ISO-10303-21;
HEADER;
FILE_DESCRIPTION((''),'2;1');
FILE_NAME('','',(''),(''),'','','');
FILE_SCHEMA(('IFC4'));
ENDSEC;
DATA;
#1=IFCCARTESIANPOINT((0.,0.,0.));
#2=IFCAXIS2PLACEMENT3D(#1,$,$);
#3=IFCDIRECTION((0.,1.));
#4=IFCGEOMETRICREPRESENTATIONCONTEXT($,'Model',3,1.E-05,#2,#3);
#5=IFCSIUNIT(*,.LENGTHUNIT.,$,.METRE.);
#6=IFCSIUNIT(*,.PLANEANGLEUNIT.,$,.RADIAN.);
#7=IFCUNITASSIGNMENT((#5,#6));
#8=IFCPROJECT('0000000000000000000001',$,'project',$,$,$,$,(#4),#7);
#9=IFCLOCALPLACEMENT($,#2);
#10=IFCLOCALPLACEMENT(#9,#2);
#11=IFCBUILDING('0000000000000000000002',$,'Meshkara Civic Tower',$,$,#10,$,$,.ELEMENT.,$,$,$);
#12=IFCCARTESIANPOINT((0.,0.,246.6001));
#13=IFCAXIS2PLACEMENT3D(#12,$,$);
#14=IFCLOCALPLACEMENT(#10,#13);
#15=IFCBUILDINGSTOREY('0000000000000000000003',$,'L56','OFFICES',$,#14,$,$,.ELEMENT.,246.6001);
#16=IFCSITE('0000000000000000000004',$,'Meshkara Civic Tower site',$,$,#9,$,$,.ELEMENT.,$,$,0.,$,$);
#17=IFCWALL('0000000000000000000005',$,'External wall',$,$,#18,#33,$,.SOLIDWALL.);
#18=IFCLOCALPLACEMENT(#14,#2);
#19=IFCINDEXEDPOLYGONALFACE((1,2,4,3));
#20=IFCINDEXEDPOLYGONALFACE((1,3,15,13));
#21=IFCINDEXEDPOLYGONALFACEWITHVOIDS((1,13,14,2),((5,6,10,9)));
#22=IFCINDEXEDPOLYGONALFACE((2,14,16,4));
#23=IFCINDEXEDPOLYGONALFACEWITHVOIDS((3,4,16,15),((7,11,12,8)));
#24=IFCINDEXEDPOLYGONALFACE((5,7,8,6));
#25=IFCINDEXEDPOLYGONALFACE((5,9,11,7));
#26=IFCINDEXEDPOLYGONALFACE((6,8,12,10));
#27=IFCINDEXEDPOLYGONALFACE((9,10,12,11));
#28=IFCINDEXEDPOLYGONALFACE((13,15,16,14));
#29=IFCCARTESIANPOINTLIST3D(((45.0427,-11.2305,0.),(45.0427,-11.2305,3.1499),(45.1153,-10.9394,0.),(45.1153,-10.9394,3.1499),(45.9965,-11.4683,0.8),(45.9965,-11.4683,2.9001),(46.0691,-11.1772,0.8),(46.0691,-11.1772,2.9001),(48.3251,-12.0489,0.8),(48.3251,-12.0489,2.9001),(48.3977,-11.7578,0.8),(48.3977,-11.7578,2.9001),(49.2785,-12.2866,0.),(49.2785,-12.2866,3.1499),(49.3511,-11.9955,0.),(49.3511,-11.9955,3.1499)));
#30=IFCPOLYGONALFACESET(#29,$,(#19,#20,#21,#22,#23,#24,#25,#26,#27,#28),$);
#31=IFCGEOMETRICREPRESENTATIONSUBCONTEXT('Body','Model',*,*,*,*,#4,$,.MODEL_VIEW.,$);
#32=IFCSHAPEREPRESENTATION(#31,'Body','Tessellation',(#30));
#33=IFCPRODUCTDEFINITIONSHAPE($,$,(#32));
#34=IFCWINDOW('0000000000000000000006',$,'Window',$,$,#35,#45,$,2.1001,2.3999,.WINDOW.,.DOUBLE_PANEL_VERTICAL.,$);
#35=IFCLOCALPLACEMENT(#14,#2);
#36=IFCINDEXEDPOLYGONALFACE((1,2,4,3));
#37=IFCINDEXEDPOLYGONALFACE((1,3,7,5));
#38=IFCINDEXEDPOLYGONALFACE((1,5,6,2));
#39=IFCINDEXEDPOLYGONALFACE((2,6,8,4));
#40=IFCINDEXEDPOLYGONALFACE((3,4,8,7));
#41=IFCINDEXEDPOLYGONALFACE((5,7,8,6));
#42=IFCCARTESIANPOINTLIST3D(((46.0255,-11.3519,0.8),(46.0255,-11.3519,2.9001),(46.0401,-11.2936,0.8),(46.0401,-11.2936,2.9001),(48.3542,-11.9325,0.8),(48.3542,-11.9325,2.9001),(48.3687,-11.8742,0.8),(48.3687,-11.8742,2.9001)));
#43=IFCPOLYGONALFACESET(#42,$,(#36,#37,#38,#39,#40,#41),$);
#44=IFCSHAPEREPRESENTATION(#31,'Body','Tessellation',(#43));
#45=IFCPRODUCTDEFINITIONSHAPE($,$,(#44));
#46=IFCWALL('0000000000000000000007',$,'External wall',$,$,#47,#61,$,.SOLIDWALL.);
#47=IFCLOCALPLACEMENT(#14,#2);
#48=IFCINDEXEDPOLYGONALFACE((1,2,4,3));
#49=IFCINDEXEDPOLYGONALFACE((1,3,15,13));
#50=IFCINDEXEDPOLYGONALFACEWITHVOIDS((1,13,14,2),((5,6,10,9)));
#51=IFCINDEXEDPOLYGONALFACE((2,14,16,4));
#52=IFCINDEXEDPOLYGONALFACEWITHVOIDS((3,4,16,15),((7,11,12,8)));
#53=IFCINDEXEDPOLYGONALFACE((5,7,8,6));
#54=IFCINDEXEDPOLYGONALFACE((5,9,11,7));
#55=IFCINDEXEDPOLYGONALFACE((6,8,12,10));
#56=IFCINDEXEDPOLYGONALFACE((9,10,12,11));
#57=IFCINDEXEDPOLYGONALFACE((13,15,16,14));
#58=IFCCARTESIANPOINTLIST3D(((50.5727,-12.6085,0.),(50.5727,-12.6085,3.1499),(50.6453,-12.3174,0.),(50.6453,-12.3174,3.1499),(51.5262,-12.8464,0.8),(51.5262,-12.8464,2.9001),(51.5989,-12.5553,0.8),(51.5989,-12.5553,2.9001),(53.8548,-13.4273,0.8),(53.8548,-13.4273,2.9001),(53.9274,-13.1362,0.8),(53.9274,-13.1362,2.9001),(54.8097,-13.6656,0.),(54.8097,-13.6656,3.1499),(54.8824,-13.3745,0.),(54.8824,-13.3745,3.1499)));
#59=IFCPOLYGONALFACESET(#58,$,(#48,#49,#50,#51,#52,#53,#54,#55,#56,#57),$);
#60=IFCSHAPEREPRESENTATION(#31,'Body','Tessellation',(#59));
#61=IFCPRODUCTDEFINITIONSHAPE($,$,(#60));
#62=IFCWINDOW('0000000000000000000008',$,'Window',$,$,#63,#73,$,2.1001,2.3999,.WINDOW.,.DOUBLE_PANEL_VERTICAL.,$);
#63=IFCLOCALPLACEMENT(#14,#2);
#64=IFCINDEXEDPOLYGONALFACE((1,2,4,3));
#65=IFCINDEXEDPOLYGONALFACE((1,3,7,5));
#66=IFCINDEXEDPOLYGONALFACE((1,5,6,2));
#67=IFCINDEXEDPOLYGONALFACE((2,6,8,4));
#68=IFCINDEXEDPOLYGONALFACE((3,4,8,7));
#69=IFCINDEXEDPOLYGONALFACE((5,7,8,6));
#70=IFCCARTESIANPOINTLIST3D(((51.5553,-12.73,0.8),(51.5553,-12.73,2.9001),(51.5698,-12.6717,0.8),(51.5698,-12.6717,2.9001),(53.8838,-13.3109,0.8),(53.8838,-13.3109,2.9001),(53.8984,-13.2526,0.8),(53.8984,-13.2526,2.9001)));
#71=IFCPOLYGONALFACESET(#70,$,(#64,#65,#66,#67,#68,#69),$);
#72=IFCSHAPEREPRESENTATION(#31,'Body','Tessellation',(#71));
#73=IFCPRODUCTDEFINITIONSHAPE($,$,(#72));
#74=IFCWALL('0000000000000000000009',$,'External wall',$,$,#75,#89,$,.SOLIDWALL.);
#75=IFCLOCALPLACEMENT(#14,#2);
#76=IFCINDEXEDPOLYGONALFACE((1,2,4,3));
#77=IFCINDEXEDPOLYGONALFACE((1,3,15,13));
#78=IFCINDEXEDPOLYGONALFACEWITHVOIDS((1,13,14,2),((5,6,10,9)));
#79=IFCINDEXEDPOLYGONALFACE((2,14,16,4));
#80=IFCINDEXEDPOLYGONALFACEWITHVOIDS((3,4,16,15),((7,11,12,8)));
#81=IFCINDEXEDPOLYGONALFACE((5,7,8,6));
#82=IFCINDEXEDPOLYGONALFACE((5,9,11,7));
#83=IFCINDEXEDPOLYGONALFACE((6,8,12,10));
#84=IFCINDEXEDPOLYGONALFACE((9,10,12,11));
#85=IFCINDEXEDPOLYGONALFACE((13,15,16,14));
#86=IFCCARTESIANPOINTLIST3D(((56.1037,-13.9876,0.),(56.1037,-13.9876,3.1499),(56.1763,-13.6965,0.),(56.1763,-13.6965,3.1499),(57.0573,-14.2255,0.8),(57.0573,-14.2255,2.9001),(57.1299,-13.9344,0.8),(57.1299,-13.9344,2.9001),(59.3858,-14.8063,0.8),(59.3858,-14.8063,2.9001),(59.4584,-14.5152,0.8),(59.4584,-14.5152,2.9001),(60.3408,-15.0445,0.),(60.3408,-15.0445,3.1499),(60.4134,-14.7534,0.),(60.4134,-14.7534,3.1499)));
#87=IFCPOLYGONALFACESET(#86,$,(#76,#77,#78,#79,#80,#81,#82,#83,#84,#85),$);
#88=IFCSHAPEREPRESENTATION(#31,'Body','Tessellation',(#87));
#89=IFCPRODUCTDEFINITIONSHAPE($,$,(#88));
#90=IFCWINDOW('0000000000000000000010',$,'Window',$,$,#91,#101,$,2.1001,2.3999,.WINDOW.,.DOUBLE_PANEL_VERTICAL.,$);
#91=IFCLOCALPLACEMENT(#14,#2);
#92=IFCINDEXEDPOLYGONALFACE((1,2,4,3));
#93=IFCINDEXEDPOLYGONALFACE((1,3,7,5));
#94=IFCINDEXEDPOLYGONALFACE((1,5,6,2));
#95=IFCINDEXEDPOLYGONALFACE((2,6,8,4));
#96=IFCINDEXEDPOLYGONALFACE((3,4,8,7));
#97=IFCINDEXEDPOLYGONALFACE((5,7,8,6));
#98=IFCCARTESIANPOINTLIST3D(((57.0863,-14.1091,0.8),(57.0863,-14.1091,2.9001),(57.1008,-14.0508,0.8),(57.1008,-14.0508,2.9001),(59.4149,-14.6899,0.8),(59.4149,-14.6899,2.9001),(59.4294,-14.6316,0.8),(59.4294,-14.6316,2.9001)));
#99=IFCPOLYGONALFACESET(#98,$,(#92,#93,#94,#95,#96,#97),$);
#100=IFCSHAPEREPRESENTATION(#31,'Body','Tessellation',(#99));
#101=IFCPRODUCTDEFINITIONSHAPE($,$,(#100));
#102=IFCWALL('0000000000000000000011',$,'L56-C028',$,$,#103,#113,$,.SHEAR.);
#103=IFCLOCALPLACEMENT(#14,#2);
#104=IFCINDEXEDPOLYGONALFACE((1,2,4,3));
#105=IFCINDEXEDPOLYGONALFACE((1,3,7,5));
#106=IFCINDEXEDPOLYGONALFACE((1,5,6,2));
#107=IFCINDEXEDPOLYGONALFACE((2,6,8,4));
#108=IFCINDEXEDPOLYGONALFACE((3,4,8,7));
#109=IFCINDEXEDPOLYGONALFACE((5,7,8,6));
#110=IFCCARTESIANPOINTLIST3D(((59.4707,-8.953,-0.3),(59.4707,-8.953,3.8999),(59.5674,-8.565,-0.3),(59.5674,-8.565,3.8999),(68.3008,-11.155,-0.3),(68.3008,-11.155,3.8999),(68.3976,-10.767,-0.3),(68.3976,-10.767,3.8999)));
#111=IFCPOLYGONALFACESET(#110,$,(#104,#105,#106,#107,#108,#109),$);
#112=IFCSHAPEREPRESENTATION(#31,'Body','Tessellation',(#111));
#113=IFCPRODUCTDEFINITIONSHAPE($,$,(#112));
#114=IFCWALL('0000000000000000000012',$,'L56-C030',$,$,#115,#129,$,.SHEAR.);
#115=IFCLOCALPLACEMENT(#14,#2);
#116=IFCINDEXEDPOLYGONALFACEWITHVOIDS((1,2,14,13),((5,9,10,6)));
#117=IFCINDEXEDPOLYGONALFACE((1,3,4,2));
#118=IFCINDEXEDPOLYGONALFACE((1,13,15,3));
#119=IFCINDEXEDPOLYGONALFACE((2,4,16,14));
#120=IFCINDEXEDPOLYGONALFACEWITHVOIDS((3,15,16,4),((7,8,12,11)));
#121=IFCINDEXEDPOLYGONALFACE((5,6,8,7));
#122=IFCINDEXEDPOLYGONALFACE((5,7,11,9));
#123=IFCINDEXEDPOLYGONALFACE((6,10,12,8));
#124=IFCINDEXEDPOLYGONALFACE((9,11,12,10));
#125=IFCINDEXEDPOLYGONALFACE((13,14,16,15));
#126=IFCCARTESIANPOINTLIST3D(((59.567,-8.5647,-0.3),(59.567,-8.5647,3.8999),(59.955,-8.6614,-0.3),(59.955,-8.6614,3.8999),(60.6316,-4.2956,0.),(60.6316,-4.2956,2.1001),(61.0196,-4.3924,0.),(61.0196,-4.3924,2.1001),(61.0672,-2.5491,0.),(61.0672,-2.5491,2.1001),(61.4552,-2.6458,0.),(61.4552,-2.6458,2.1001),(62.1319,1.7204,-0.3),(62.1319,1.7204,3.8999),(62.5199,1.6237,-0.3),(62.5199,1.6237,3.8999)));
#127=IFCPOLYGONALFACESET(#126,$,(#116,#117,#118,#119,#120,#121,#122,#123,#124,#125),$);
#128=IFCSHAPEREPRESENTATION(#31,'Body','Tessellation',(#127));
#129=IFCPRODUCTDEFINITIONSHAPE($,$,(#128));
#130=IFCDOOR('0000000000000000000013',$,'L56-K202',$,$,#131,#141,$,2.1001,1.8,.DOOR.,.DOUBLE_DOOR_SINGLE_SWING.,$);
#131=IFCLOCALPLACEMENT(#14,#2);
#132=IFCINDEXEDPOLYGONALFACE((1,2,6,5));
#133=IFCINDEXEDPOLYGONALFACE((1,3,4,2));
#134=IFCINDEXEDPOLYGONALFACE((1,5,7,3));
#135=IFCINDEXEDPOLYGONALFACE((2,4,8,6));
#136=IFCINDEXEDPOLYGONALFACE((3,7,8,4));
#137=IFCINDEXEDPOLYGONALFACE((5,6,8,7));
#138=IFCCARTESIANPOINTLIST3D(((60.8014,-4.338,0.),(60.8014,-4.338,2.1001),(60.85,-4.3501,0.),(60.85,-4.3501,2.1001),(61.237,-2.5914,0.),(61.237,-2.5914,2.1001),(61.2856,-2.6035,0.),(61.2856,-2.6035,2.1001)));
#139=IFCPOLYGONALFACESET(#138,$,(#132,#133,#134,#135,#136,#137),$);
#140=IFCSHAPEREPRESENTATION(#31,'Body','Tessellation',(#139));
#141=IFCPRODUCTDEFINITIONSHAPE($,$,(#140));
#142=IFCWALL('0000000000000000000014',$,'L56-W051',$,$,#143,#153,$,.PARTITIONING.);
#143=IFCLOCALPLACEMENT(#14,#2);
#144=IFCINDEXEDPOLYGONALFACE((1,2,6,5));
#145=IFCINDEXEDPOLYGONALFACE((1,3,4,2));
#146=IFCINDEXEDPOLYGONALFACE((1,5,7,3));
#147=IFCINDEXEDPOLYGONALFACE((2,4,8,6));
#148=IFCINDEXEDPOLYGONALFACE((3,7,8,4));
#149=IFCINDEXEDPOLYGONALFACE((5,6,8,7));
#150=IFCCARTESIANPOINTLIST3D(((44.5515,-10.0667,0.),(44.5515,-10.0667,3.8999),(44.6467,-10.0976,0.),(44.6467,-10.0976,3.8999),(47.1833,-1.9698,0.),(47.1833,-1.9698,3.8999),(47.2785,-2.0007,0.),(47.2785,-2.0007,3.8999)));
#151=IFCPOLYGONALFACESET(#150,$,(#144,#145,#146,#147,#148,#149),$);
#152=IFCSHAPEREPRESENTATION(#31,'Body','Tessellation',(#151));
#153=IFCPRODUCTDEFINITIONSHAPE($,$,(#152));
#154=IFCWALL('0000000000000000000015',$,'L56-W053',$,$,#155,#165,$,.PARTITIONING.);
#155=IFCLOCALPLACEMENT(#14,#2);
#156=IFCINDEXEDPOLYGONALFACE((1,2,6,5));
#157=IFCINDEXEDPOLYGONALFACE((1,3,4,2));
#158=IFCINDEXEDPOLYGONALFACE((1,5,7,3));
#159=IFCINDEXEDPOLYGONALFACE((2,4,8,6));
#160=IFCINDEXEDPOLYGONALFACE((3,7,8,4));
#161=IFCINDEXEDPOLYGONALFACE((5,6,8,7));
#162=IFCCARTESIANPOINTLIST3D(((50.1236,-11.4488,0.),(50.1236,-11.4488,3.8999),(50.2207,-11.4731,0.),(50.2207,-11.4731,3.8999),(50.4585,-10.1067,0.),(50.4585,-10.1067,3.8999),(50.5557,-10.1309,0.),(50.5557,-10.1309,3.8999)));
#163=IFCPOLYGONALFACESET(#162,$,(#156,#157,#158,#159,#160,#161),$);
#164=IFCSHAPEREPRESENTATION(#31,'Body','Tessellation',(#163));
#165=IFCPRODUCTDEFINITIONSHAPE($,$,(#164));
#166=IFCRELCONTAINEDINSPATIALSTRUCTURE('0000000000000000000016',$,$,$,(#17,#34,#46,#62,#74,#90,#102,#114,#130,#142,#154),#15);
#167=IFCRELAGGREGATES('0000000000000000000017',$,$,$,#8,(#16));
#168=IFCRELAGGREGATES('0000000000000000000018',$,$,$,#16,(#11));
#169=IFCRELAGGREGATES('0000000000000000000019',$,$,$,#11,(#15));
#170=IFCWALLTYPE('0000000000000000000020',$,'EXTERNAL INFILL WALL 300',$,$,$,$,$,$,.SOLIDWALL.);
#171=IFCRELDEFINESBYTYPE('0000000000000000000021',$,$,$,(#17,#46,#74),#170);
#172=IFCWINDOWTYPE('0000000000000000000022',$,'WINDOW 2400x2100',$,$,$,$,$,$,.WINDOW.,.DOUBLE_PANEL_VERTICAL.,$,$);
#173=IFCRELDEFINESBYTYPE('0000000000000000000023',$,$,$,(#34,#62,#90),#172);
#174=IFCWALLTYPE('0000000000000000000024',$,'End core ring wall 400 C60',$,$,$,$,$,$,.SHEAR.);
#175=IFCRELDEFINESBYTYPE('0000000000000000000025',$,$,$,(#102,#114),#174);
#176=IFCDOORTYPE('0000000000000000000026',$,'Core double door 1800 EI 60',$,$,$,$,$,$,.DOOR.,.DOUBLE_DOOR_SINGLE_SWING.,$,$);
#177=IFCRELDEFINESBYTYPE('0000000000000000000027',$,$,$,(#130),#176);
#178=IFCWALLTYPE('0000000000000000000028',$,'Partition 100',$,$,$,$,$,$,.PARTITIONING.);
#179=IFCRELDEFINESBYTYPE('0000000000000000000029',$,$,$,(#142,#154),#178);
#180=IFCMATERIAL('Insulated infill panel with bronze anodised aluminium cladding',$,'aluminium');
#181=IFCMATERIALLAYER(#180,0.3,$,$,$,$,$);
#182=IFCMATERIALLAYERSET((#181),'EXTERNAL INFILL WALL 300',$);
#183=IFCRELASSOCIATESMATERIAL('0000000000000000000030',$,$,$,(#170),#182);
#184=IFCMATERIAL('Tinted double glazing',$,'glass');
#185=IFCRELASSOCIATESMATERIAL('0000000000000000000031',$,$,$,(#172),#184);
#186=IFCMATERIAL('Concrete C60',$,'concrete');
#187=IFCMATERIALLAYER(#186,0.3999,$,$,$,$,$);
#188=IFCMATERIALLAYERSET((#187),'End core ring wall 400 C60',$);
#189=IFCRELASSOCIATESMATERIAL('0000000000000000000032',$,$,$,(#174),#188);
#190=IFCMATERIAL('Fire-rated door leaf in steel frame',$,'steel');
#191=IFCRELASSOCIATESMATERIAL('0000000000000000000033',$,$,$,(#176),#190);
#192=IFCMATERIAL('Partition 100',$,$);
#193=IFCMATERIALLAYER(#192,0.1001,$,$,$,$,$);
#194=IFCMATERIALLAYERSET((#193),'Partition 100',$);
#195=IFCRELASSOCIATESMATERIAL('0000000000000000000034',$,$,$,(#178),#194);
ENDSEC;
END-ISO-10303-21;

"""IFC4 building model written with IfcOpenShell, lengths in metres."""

from ifc_helpers import new_model, si_unit, direction, frame, frame_2d, origin, place, context, subcontext, project, spatial, rectangle, extrude, material, layer, layer_set, type_object, element, fill, save


model = new_model("IFC4")

# Units and contexts
model_context = context("Model", 3, precision=1e-05, world=origin(), true_north=direction((0.0, 1.0)))
body_context = subcontext(model_context, "Body", "Model", "MODEL_VIEW")
ifc_project = project(units=[si_unit("LENGTHUNIT", "METRE"), si_unit("PLANEANGLEUNIT", "RADIAN")], contexts=[model_context])

# Site, building, storey
site_placement = place(None, origin())
site = spatial("IfcSite", under=ifc_project, at=site_placement, Name="Meshkara Civic Tower site", CompositionType="ELEMENT", RefElevation=0.0)
building_placement = place(site_placement, origin())
building = spatial("IfcBuilding", under=site, at=building_placement, Name="Meshkara Civic Tower", CompositionType="ELEMENT")
storey_placement = place(building_placement, frame((0.0, 0.0, 246.6001)))
storey = spatial("IfcBuildingStorey", under=building, at=storey_placement, Name="L56", Description="OFFICES", CompositionType="ELEMENT", Elevation=246.6001)

# Walls, openings, windows
ifc_material_1 = material(Name="Insulated infill panel with bronze anodised aluminium cladding", Category="aluminium")
ifc_layer_1 = layer(ifc_material_1, 0.3)
ifc_layer_set_1 = layer_set([ifc_layer_1], Name="EXTERNAL INFILL WALL 300")
wall_type_1 = type_object("IfcWallType", Name="EXTERNAL INFILL WALL 300", PredefinedType="SOLIDWALL", material=ifc_layer_set_1)
wall_1_placement = place(storey_placement, frame((45.0791, -11.085, 0.0), z_axis=(0.0, 0.0, 1.0), x_axis=(0.970294, -0.24193, 0.0)))
wall_1 = element("IfcWall", 1, at=wall_1_placement, inside=storey, type_object=wall_type_1, Name="External wall", PredefinedType="SOLIDWALL", context=body_context, shape_type="SweptSolid", body=[
    extrude(rectangle(XDim=4.3655, YDim=0.3, at=frame_2d((2.1826, 0.0))), origin(), (0.0, 0.0, 1.0), 3.1499),
])
opening_1_placement = place(wall_1_placement, frame((0.9829, 0.0, 0.8)))
opening_1 = element("IfcOpeningElement", 2, at=opening_1_placement, cuts=wall_1, PredefinedType="OPENING", context=body_context, shape_type="SweptSolid", body=[
    extrude(rectangle(XDim=2.3999, YDim=2.1001, at=frame_2d((1.2, 1.05))), frame((0.0, 0.1599, 0.0), z_axis=(0.0, -1.0, 0.0), x_axis=(1.0, 0.0, 0.0)), (0.0, 0.0, 1.0), 0.3201),
])
ifc_material_2 = material(Name="Tinted double glazing", Category="glass")
window_type = type_object("IfcWindowType", Name="WINDOW 2400x2100", PartitioningType="DOUBLE_PANEL_VERTICAL", PredefinedType="WINDOW", material=ifc_material_2)
window_1_placement = place(opening_1_placement, origin())
window_1 = element("IfcWindow", 3, at=window_1_placement, inside=storey, type_object=window_type, Name="Window", OverallHeight=2.1001, OverallWidth=2.3999, PartitioningType="DOUBLE_PANEL_VERTICAL", PredefinedType="WINDOW", context=body_context, shape_type="SweptSolid", body=[
    extrude(rectangle(XDim=2.3999, YDim=2.1001, at=frame_2d((1.2, 1.05))), frame((0.0, 0.03, 0.0), z_axis=(0.0, -1.0, 0.0), x_axis=(1.0, 0.0, 0.0)), (0.0, 0.0, 1.0), 0.0601),
])
fill(opening_1, window_1)
wall_2_placement = place(storey_placement, frame((50.6089, -12.4629, 0.0), z_axis=(0.0, 0.0, 1.0), x_axis=(0.970257, -0.242075, 0.0)))
wall_2 = element("IfcWall", 4, at=wall_2_placement, inside=storey, type_object=wall_type_1, Name="External wall", PredefinedType="SOLIDWALL", context=body_context, shape_type="SweptSolid", body=[
    extrude(rectangle(XDim=4.3669, YDim=0.3, at=frame_2d((2.1836, 0.0))), origin(), (0.0, 0.0, 1.0), 3.1499),
])
opening_2_placement = place(wall_2_placement, frame((0.9829, 0.0, 0.8)))
opening_2 = element("IfcOpeningElement", 5, at=opening_2_placement, cuts=wall_2, PredefinedType="OPENING", context=body_context, shape_type="SweptSolid", body=[
    extrude(rectangle(XDim=2.3999, YDim=2.1001, at=frame_2d((1.2, 1.05))), frame((0.0, 0.1599, 0.0), z_axis=(0.0, -1.0, 0.0), x_axis=(1.0, 0.0, 0.0)), (0.0, 0.0, 1.0), 0.3201),
])
window_2_placement = place(opening_2_placement, origin())
window_2 = element("IfcWindow", 6, at=window_2_placement, inside=storey, type_object=window_type, Name="Window", OverallHeight=2.1001, OverallWidth=2.3999, PartitioningType="DOUBLE_PANEL_VERTICAL", PredefinedType="WINDOW", context=body_context, shape_type="SweptSolid", body=[
    extrude(rectangle(XDim=2.3999, YDim=2.1001, at=frame_2d((1.2, 1.05))), frame((0.0, 0.03, 0.0), z_axis=(0.0, -1.0, 0.0), x_axis=(1.0, 0.0, 0.0)), (0.0, 0.0, 1.0), 0.0601),
])
fill(opening_2, window_2)
wall_3_placement = place(storey_placement, frame((56.1399, -13.842, 0.0), z_axis=(0.0, 0.0, 1.0), x_axis=(0.970271, -0.242023, 0.0)))
wall_3 = element("IfcWall", 7, at=wall_3_placement, inside=storey, type_object=wall_type_1, Name="External wall", PredefinedType="SOLIDWALL", context=body_context, shape_type="SweptSolid", body=[
    extrude(rectangle(XDim=4.3669, YDim=0.3, at=frame_2d((2.1836, 0.0))), origin(), (0.0, 0.0, 1.0), 3.1499),
])
opening_3_placement = place(wall_3_placement, frame((0.9829, 0.0, 0.8)))
opening_3 = element("IfcOpeningElement", 8, at=opening_3_placement, cuts=wall_3, PredefinedType="OPENING", context=body_context, shape_type="SweptSolid", body=[
    extrude(rectangle(XDim=2.3999, YDim=2.1001, at=frame_2d((1.2, 1.05))), frame((0.0, 0.1599, 0.0), z_axis=(0.0, -1.0, 0.0), x_axis=(1.0, 0.0, 0.0)), (0.0, 0.0, 1.0), 0.3201),
])
window_3_placement = place(opening_3_placement, origin())
window_3 = element("IfcWindow", 9, at=window_3_placement, inside=storey, type_object=window_type, Name="Window", OverallHeight=2.1001, OverallWidth=2.3999, PartitioningType="DOUBLE_PANEL_VERTICAL", PredefinedType="WINDOW", context=body_context, shape_type="SweptSolid", body=[
    extrude(rectangle(XDim=2.3999, YDim=2.1001, at=frame_2d((1.2, 1.05))), frame((0.0, 0.03, 0.0), z_axis=(0.0, -1.0, 0.0), x_axis=(1.0, 0.0, 0.0)), (0.0, 0.0, 1.0), 0.0601),
])
fill(opening_3, window_3)

# Wall
ifc_material_3 = material(Name="Concrete C60", Category="concrete")
ifc_layer_2 = layer(ifc_material_3, 0.3999)
ifc_layer_set_2 = layer_set([ifc_layer_2], Name="End core ring wall 400 C60")
wall_type_2 = type_object("IfcWallType", Name="End core ring wall 400 C60", PredefinedType="SHEAR", material=ifc_layer_set_2)
wall_4_placement = place(storey_placement, frame((59.519, -8.759, -0.3), z_axis=(0.0, 0.0, 1.0), x_axis=(0.970288, -0.241955, 0.0)))
element("IfcWall", 10, at=wall_4_placement, inside=storey, type_object=wall_type_2, Name="L56-C028", PredefinedType="SHEAR", context=body_context, shape_type="SweptSolid", body=[
    extrude(rectangle(XDim=9.1006, YDim=0.3999, at=frame_2d((4.5503, 0.0))), origin(), (0.0, 0.0, 1.0), 4.2),
])

# Wall, opening, door
wall_5_placement = place(storey_placement, frame((59.761, -8.613, -0.3), z_axis=(0.0, 0.0, 1.0), x_axis=(0.241972, 0.970283, 0.0)))
wall_5 = element("IfcWall", 11, at=wall_5_placement, inside=storey, type_object=wall_type_2, Name="L56-C030", PredefinedType="SHEAR", context=body_context, shape_type="SweptSolid", body=[
    extrude(rectangle(XDim=10.6001, YDim=0.3999, at=frame_2d((5.3, 0.0))), origin(), (0.0, 0.0, 1.0), 4.2),
])
opening_4_placement = place(wall_5_placement, frame((4.3999, 0.0, 0.3)))
opening_4 = element("IfcOpeningElement", 12, at=opening_4_placement, cuts=wall_5, PredefinedType="OPENING", context=body_context, shape_type="SweptSolid", body=[
    extrude(rectangle(XDim=1.8, YDim=2.1001, at=frame_2d((0.8999, 1.05))), frame((0.0, 0.21, 0.0), z_axis=(0.0, -1.0, 0.0), x_axis=(1.0, 0.0, 0.0)), (0.0, 0.0, 1.0), 0.4199),
])
ifc_material_4 = material(Name="Fire-rated door leaf in steel frame", Category="steel")
door_type_1 = type_object("IfcDoorType", Name="Core double door 1800 EI 60", OperationType="DOUBLE_DOOR_SINGLE_SWING", PredefinedType="DOOR", material=ifc_material_4)
door_1_placement = place(opening_4_placement, origin())
door_1 = element("IfcDoor", 13, at=door_1_placement, inside=storey, type_object=door_type_1, Name="L56-K202", OperationType="DOUBLE_DOOR_SINGLE_SWING", OverallHeight=2.1001, OverallWidth=1.8, PredefinedType="DOOR", context=body_context, shape_type="SweptSolid", body=[
    extrude(rectangle(XDim=1.8, YDim=2.1001, at=frame_2d((0.8999, 1.05))), frame((0.0, 0.0249, 0.0), z_axis=(0.0, -1.0, 0.0), x_axis=(1.0, 0.0, 0.0)), (0.0, 0.0, 1.0), 0.05),
])
fill(opening_4, door_1)

# Walls
ifc_material_5 = material(Name="Partition 100")
ifc_layer_3 = layer(ifc_material_5, 0.1001)
ifc_layer_set_3 = layer_set([ifc_layer_3], Name="Partition 100")
wall_type_3 = type_object("IfcWallType", Name="Partition 100", PredefinedType="PARTITIONING", material=ifc_layer_set_3)
wall_6_placement = place(storey_placement, frame((44.5991, -10.082, 0.0), z_axis=(0.0, 0.0, 1.0), x_axis=(0.309122, 0.951022, 0.0)))
element("IfcWall", 14, at=wall_6_placement, inside=storey, type_object=wall_type_3, Name="L56-W051", PredefinedType="PARTITIONING", context=body_context, shape_type="SweptSolid", body=[
    extrude(rectangle(XDim=8.5139, YDim=0.1001, at=frame_2d((4.2568, 0.0))), origin(), (0.0, 0.0, 1.0), 3.8999),
])
wall_7_placement = place(storey_placement, frame((50.1721, -11.4609, 0.0), z_axis=(0.0, 0.0, 1.0), x_axis=(0.242162, 0.970236, 0.0)))
element("IfcWall", 15, at=wall_7_placement, inside=storey, type_object=wall_type_3, Name="L56-W053", PredefinedType="PARTITIONING", context=body_context, shape_type="SweptSolid", body=[
    extrude(rectangle(XDim=1.3833, YDim=0.1001, at=frame_2d((0.6917, 0.0))), origin(), (0.0, 0.0, 1.0), 3.8999),
])

save(model, "model.ifc")
